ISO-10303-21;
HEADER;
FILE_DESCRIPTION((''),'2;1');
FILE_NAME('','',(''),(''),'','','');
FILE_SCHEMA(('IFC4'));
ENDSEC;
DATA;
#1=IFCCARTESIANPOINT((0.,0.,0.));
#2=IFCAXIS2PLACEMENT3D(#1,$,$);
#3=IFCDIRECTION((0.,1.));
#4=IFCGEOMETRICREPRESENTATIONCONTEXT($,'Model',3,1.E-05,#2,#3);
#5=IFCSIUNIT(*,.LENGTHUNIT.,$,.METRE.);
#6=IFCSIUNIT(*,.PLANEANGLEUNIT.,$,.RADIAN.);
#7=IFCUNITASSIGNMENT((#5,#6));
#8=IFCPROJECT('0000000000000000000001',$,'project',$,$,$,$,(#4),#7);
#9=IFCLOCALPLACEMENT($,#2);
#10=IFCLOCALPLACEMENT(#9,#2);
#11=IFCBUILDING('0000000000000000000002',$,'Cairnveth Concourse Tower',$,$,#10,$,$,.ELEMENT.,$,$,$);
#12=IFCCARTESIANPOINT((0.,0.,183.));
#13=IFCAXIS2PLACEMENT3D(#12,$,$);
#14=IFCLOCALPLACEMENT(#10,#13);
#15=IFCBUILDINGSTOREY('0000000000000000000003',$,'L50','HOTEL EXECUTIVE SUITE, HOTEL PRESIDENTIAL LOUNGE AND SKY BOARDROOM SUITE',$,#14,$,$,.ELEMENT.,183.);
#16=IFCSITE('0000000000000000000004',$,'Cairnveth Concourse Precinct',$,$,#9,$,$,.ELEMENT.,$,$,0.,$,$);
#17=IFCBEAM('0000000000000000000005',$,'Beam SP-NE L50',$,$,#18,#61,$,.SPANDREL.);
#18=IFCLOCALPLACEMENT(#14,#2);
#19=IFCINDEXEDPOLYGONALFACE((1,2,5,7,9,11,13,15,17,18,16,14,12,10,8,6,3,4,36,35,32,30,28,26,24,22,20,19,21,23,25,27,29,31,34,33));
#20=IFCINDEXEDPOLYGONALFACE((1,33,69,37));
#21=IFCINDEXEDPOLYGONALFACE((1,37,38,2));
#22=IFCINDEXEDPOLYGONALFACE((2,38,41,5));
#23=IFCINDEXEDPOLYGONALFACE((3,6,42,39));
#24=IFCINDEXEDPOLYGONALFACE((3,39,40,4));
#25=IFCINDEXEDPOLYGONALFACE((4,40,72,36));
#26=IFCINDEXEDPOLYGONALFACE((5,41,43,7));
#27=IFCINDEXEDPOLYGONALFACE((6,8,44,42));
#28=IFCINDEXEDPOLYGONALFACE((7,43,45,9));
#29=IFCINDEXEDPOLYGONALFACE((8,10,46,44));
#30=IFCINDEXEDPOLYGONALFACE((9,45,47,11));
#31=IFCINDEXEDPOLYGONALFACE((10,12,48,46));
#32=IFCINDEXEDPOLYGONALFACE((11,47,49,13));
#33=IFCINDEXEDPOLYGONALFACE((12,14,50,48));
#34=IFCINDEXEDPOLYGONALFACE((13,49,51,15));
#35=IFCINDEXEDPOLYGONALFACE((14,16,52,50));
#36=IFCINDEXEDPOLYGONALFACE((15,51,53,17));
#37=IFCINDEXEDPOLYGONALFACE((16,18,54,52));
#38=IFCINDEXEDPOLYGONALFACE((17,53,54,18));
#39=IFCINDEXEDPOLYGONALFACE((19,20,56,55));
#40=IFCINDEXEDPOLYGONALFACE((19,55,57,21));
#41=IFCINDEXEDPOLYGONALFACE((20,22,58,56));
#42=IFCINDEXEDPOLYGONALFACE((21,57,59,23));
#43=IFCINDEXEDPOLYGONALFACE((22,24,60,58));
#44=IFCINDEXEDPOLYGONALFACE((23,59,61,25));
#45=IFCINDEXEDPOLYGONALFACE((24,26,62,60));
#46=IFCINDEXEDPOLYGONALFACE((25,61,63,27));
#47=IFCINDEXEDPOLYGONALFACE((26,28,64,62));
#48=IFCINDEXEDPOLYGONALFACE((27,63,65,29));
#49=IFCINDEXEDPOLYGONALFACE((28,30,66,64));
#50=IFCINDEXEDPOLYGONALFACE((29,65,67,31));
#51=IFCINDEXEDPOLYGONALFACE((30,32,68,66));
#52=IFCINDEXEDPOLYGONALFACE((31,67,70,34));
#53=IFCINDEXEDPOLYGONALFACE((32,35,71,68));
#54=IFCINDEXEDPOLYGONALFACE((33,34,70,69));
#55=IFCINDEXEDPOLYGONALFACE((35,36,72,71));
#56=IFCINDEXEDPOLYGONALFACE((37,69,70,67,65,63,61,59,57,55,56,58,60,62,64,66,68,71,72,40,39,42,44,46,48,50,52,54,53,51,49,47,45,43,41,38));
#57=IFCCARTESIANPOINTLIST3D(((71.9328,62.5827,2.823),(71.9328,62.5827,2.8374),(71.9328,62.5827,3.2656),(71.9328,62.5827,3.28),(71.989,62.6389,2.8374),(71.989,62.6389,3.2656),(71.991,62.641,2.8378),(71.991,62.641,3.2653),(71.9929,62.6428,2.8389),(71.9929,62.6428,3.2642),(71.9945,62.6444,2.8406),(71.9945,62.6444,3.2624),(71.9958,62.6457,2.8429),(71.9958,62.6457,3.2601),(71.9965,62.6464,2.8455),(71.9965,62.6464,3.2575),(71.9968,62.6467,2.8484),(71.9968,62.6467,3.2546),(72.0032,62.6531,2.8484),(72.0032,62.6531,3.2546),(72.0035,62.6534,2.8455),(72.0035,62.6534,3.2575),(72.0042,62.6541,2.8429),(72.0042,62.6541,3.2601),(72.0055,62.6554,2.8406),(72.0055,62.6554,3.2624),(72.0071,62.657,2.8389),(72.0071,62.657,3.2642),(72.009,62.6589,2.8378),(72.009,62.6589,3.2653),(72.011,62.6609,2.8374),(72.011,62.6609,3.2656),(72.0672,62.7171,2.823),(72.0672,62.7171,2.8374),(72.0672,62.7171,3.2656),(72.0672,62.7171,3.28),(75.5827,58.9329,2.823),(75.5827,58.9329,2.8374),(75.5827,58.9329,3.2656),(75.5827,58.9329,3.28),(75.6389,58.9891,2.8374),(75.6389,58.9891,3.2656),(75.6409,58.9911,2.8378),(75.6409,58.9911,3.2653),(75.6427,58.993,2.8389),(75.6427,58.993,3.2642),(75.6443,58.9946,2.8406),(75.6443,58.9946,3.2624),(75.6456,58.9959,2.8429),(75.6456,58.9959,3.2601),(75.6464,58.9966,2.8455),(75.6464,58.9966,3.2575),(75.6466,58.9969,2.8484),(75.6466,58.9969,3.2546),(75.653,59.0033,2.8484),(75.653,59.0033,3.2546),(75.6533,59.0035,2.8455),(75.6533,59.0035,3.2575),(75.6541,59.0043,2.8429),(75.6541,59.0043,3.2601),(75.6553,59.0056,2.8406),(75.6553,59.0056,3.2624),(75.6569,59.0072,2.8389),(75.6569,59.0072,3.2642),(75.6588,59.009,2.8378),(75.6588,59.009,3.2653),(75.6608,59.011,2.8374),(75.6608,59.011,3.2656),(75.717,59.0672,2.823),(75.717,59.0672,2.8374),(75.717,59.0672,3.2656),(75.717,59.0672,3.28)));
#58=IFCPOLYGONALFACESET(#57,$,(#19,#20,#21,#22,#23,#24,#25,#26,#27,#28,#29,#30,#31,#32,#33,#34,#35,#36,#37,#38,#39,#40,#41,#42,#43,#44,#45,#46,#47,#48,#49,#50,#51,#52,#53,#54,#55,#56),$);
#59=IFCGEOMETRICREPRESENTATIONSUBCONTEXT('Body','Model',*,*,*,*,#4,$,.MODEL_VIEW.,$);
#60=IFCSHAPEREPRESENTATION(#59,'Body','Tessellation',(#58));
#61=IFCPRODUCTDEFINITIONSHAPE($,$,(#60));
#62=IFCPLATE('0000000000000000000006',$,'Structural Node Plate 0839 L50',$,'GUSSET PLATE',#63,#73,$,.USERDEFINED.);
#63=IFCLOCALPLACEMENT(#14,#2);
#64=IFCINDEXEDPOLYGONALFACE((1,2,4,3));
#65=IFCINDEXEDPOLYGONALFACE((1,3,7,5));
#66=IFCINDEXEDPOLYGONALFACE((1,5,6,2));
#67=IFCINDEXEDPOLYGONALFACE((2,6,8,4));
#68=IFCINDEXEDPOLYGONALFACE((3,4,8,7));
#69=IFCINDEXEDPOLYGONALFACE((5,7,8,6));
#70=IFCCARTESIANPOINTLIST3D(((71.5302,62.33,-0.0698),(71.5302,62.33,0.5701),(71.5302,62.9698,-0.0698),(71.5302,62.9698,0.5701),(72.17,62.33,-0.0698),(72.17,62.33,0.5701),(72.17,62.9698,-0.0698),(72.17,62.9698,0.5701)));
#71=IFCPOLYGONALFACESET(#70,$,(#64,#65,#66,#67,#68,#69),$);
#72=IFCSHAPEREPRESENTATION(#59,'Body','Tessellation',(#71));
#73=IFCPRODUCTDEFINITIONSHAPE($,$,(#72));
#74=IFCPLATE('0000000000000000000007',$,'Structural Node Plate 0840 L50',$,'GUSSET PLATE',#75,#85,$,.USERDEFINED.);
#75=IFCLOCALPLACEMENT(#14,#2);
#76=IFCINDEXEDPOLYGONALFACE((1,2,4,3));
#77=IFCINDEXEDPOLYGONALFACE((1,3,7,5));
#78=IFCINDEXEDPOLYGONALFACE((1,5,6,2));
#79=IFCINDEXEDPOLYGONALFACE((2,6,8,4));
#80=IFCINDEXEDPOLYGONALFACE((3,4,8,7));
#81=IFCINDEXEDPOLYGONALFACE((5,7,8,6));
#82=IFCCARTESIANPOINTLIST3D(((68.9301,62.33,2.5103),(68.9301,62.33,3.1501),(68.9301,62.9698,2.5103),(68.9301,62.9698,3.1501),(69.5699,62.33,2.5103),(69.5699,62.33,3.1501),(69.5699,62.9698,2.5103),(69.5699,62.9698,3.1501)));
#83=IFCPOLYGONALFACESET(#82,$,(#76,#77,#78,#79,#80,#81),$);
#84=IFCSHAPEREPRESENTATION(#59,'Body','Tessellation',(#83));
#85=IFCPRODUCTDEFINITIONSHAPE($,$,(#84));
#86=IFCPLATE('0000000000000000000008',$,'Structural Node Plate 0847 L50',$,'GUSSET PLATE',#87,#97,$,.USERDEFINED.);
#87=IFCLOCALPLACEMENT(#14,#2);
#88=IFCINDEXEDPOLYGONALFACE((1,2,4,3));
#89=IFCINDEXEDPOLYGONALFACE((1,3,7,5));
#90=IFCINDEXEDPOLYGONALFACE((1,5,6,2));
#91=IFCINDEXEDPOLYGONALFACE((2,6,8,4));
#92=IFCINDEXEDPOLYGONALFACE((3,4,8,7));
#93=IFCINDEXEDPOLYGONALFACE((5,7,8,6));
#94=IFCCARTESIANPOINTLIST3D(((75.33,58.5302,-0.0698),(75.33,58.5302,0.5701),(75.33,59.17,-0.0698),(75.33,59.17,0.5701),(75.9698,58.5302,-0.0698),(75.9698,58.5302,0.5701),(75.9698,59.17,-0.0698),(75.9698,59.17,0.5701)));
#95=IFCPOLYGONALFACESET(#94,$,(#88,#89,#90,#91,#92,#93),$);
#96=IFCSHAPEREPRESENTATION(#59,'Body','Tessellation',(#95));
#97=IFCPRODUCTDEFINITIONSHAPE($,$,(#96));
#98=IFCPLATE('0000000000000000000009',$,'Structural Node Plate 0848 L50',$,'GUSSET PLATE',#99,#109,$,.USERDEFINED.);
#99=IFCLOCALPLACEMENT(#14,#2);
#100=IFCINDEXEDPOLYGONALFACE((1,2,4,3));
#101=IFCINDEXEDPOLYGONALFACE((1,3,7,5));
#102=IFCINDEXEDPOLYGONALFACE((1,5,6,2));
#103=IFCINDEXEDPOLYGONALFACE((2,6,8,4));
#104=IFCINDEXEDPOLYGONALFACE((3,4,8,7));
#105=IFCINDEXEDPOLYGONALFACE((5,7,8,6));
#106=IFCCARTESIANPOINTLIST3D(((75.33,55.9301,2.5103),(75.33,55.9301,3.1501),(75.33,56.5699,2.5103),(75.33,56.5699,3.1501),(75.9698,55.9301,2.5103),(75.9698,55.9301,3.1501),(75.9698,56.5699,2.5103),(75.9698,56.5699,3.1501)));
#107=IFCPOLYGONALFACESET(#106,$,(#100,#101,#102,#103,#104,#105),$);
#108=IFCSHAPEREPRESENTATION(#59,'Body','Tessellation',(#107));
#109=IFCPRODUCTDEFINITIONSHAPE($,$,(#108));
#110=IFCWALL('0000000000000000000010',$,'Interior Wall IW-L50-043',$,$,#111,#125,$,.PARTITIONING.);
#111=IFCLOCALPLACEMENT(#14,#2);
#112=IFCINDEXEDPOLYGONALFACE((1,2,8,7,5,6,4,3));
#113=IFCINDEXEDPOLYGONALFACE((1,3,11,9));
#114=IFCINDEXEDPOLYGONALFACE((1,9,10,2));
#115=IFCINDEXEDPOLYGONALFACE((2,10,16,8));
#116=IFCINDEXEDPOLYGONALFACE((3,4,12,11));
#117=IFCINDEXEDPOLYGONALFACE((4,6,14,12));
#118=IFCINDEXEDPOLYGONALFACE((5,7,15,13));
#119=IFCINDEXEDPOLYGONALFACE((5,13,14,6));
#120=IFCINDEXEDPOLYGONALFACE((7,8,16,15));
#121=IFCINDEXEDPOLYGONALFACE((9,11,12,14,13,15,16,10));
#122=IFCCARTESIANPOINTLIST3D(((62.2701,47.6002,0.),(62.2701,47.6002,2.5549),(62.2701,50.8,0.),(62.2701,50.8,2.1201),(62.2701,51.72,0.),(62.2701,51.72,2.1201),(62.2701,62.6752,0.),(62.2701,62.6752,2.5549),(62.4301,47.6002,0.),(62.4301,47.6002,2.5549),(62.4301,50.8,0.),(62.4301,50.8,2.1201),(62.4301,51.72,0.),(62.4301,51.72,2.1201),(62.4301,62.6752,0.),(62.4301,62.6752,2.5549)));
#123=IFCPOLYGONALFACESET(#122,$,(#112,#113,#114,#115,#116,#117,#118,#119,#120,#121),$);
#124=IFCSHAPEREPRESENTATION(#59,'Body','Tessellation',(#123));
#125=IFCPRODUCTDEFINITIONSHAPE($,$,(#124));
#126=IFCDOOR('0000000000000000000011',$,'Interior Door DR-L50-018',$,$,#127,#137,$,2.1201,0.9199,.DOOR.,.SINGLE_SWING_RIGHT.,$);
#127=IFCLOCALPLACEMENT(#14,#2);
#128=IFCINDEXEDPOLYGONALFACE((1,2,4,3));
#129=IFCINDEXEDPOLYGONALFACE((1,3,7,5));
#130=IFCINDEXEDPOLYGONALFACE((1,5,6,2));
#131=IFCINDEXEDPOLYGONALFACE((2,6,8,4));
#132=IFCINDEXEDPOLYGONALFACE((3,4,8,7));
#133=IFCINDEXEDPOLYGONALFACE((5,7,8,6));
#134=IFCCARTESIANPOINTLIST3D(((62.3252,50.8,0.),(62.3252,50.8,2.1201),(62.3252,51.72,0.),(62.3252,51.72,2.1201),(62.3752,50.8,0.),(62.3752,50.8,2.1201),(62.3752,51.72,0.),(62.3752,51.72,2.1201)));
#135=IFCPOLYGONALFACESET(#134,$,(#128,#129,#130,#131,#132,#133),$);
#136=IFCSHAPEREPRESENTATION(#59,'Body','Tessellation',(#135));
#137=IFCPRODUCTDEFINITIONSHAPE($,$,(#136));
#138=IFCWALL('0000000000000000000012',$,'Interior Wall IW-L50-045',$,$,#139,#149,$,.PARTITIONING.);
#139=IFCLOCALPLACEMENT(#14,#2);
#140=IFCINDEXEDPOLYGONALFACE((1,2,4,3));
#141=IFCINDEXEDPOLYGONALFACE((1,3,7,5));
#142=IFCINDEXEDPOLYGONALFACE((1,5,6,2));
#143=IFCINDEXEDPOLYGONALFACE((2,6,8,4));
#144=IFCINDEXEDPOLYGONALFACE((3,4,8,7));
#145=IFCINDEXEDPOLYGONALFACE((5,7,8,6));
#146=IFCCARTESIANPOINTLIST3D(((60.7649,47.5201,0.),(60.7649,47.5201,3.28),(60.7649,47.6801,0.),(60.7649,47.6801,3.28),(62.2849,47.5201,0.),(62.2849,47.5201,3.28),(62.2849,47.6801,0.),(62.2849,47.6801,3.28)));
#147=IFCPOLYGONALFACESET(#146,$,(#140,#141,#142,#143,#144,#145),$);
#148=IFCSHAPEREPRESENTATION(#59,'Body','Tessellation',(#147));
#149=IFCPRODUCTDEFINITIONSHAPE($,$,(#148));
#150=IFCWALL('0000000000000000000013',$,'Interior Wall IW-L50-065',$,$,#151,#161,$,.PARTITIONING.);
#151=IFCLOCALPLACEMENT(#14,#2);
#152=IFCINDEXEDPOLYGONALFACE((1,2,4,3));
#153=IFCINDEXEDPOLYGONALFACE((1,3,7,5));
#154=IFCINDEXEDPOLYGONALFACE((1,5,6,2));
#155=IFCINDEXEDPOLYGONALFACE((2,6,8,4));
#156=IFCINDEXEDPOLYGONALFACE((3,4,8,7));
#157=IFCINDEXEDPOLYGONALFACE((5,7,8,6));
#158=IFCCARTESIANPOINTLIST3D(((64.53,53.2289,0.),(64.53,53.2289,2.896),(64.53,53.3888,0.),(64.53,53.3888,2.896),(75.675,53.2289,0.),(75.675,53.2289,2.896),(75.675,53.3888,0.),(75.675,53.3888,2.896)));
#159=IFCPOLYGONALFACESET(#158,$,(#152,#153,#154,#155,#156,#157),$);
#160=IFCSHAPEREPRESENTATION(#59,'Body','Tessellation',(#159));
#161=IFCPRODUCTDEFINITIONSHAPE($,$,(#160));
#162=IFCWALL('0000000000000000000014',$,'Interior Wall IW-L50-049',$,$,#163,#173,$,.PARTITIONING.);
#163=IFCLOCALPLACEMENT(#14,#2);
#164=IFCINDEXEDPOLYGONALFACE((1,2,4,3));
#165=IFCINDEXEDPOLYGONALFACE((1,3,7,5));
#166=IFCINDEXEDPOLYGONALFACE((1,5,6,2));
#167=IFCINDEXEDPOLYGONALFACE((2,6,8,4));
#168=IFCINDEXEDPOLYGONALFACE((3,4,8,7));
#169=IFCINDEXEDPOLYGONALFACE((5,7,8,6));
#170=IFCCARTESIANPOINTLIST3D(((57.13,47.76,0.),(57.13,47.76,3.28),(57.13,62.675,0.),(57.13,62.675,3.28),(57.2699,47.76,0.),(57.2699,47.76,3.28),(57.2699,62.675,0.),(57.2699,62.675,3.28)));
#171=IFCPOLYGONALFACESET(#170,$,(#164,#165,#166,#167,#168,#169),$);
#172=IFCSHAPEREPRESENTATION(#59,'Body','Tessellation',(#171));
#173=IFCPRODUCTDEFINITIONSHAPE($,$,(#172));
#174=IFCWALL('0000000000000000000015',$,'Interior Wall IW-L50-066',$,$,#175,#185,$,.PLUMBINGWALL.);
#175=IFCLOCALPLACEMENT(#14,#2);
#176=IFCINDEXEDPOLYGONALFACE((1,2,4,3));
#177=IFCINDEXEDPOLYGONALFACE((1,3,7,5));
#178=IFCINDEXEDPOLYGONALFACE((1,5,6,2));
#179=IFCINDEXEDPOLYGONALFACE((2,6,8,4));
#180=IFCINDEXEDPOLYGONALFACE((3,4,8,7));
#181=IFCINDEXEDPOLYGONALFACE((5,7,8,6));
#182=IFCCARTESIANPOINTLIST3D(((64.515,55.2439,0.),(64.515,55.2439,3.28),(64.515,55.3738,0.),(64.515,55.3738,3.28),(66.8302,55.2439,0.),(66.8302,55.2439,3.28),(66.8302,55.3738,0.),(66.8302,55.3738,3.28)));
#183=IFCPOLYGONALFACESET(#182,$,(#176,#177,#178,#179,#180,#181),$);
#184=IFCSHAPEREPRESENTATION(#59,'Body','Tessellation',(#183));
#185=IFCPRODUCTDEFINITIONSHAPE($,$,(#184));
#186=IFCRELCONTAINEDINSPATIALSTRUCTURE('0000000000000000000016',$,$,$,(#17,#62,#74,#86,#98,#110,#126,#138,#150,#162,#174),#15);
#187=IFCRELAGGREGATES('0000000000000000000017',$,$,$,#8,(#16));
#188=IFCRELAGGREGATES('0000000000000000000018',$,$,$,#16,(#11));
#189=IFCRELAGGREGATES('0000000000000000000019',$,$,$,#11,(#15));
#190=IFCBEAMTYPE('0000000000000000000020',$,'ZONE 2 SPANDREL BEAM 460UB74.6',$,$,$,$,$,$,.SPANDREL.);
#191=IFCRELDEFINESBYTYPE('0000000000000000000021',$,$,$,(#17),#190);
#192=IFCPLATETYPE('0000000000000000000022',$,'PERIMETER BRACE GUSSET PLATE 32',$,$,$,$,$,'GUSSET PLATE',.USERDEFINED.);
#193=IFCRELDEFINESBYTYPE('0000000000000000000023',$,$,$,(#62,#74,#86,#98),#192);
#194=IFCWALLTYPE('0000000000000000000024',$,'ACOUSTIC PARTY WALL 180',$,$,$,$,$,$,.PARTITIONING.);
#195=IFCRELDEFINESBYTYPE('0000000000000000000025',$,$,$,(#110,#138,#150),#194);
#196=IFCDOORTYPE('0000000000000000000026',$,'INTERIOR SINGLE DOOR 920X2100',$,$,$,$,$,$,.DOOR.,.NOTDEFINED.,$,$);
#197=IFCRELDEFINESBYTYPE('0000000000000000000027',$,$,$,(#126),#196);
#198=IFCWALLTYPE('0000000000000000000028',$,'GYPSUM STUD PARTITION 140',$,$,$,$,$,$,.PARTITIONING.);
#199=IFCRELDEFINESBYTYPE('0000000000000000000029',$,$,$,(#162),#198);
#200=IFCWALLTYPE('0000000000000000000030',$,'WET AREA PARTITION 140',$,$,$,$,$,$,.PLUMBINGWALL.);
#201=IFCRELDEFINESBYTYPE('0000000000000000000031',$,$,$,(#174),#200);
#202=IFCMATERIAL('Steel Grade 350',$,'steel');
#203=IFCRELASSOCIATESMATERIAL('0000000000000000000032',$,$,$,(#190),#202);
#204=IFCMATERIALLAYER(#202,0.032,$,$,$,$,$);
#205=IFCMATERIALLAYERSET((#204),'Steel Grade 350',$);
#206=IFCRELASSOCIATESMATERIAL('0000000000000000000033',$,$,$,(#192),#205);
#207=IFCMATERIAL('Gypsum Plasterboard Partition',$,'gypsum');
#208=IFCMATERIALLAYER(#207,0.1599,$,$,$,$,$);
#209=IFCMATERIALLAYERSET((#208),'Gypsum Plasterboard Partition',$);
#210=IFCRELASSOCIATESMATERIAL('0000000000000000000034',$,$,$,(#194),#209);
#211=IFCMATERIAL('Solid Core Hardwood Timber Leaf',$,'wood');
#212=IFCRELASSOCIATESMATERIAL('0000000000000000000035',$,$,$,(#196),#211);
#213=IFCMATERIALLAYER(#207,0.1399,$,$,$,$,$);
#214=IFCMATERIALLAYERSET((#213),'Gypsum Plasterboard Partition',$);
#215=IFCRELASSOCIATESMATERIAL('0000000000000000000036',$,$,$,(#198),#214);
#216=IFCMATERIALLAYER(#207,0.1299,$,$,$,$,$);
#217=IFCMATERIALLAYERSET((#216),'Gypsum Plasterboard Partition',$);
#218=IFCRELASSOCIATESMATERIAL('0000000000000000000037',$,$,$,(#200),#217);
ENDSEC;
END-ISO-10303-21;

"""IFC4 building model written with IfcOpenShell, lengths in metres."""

from ifc_helpers import new_model, si_unit, direction, frame, frame_2d, origin, origin_2d, place, context, subcontext, project, spatial, rectangle, i_section, extrude, material, layer, layer_set, material_profile, profile_set, type_object, element, fill, save


model = new_model("IFC4")

# Units and contexts
model_context = context("Model", 3, precision=1e-05, world=origin(), true_north=direction((0.0, 1.0)))
body_context = subcontext(model_context, "Body", "Model", "MODEL_VIEW")
ifc_project = project(units=[si_unit("LENGTHUNIT", "METRE"), si_unit("PLANEANGLEUNIT", "RADIAN")], contexts=[model_context])

# Site, building, storey
site_placement = place(None, origin())
site = spatial("IfcSite", under=ifc_project, at=site_placement, Name="Cairnveth Concourse Precinct", CompositionType="ELEMENT", RefElevation=0.0)
building_placement = place(site_placement, origin())
building = spatial("IfcBuilding", under=site, at=building_placement, Name="Cairnveth Concourse Tower", CompositionType="ELEMENT")
storey_placement = place(building_placement, frame((0.0, 0.0, 183.0)))
storey = spatial("IfcBuildingStorey", under=building, at=storey_placement, Name="L50", Description="HOTEL EXECUTIVE SUITE, HOTEL PRESIDENTIAL LOUNGE AND SKY BOARDROOM SUITE", CompositionType="ELEMENT", Elevation=183.0)

# Shared definitions
ifc_material_1 = material(Name="Steel Grade 350", Category="steel")

# Beam
ifc_material_profile_1 = material_profile(ifc_material_1, i_section(OverallWidth=0.1899, OverallDepth=0.457, WebThickness=0.009, FlangeThickness=0.0144, FilletRadius=0.011, at=origin_2d()), Name="460UB74.6")
ifc_profile_set_1 = profile_set([ifc_material_profile_1], Name="Steel Grade 350")
beam_type_1 = type_object("IfcBeamType", Name="ZONE 2 SPANDREL BEAM 460UB74.6", PredefinedType="SPANDREL", material=ifc_profile_set_1)
beam_1_placement = place(storey_placement, frame((72.0, 62.6499, 3.0515), z_axis=(0.707107, -0.707107, 0.0), x_axis=(0.707107, 0.707107, 0.0)))
element("IfcBeam", 1, at=beam_1_placement, inside=storey, type_object=beam_type_1, Name="Beam SP-NE L50", PredefinedType="SPANDREL", context=body_context, shape_type="SweptSolid", body=[
    extrude(i_section(OverallWidth=0.1899, OverallDepth=0.457, WebThickness=0.009, FlangeThickness=0.0144, FilletRadius=0.011, at=origin_2d()), origin(), (0.0, 0.0, 1.0), 5.1616),
])

# Plates
ifc_layer_1 = layer(ifc_material_1, 0.032)
ifc_layer_set_1 = layer_set([ifc_layer_1], Name="Steel Grade 350")
plate_type = type_object("IfcPlateType", Name="PERIMETER BRACE GUSSET PLATE 32", ElementType="GUSSET PLATE", PredefinedType="USERDEFINED", material=ifc_layer_set_1)
for number, where, z_axis, x_axis, name in (
    (2, (71.8501, 62.6499, -0.0698), (0.0, 0.0, 1.0), (1.0, 0.0, 0.0), "Structural Node Plate 0839 L50"),
    (3, (69.25, 62.6499, 2.5103), (0.0, 0.0, 1.0), (1.0, 0.0, 0.0), "Structural Node Plate 0840 L50"),
    (4, (75.6499, 58.8501, -0.0698), (0.0, 0.0, 1.0), (1.0, 0.0, 0.0), "Structural Node Plate 0847 L50"),
    (5, (75.6499, 56.25, 2.5103), (0.0, 0.0, 1.0), (1.0, 0.0, 0.0), "Structural Node Plate 0848 L50"),
):
    element("IfcPlate", number, at=place(storey_placement, frame(where, z_axis=z_axis, x_axis=x_axis)), inside=storey, type_object=plate_type, Name=name, ObjectType="GUSSET PLATE", PredefinedType="USERDEFINED", context=body_context, shape_type="SweptSolid", body=[
        extrude(rectangle(XDim=0.6399, YDim=0.6399, at=origin_2d()), origin(), (0.0, 0.0, 1.0), 0.6399),
    ])

# Wall, opening, door
ifc_material_2 = material(Name="Gypsum Plasterboard Partition", Category="gypsum")
ifc_layer_2 = layer(ifc_material_2, 0.1599)
ifc_layer_set_2 = layer_set([ifc_layer_2], Name="Gypsum Plasterboard Partition")
wall_type_1 = type_object("IfcWallType", Name="ACOUSTIC PARTY WALL 180", PredefinedType="PARTITIONING", material=ifc_layer_set_2)
wall_1_placement = place(storey_placement, frame((62.3501, 47.6001, 0.0), z_axis=(0.0, 0.0, 1.0), x_axis=(0.0, 1.0, 0.0)))
wall_1 = element("IfcWall", 6, at=wall_1_placement, inside=storey, type_object=wall_type_1, Name="Interior Wall IW-L50-043", PredefinedType="PARTITIONING", context=body_context, shape_type="SweptSolid", body=[
    extrude(rectangle(XDim=15.075, YDim=0.1599, at=frame_2d((7.5376, 0.0))), origin(), (0.0, 0.0, 1.0), 2.5549),
])
opening_1_placement = place(wall_1_placement, frame((3.2, 0.0, 0.0)))
opening_1 = element("IfcOpeningElement", 7, at=opening_1_placement, cuts=wall_1, PredefinedType="OPENING", context=body_context, shape_type="SweptSolid", body=[
    extrude(rectangle(XDim=0.9199, YDim=2.1201, at=frame_2d((0.46, 1.0601))), frame((0.0, 0.0898, 0.0), z_axis=(0.0, -1.0, 0.0), x_axis=(1.0, 0.0, 0.0)), (0.0, 0.0, 1.0), 0.1799),
])
ifc_material_3 = material(Name="Solid Core Hardwood Timber Leaf", Category="wood")
door_type_1 = type_object("IfcDoorType", Name="INTERIOR SINGLE DOOR 920X2100", OperationType="NOTDEFINED", PredefinedType="DOOR", material=ifc_material_3)
door_1_placement = place(opening_1_placement, origin())
door_1 = element("IfcDoor", 8, at=door_1_placement, inside=storey, type_object=door_type_1, Name="Interior Door DR-L50-018", OperationType="SINGLE_SWING_RIGHT", OverallHeight=2.1201, OverallWidth=0.9199, PredefinedType="DOOR", context=body_context, shape_type="SweptSolid", body=[
    extrude(rectangle(XDim=0.9199, YDim=2.1201, at=frame_2d((0.46, 1.0601))), frame((0.0, 0.0249, 0.0), z_axis=(0.0, -1.0, 0.0), x_axis=(1.0, 0.0, 0.0)), (0.0, 0.0, 1.0), 0.05),
])
fill(opening_1, door_1)

# Walls
wall_2_placement = place(storey_placement, frame((60.7649, 47.6001, 0.0), z_axis=(0.0, 0.0, 1.0), x_axis=(1.0, 0.0, 0.0)))
element("IfcWall", 9, at=wall_2_placement, inside=storey, type_object=wall_type_1, Name="Interior Wall IW-L50-045", PredefinedType="PARTITIONING", context=body_context, shape_type="SweptSolid", body=[
    extrude(rectangle(XDim=1.52, YDim=0.1599, at=frame_2d((0.76, 0.0))), origin(), (0.0, 0.0, 1.0), 3.28),
])
wall_3_placement = place(storey_placement, frame((64.53, 53.3088, 0.0), z_axis=(0.0, 0.0, 1.0), x_axis=(1.0, 0.0, 0.0)))
element("IfcWall", 10, at=wall_3_placement, inside=storey, type_object=wall_type_1, Name="Interior Wall IW-L50-065", PredefinedType="PARTITIONING", context=body_context, shape_type="SweptSolid", body=[
    extrude(rectangle(XDim=11.145, YDim=0.1599, at=frame_2d((5.5725, 0.0))), origin(), (0.0, 0.0, 1.0), 2.896),
])
ifc_layer_3 = layer(ifc_material_2, 0.1399)
ifc_layer_set_3 = layer_set([ifc_layer_3], Name="Gypsum Plasterboard Partition")
wall_type_2 = type_object("IfcWallType", Name="GYPSUM STUD PARTITION 140", PredefinedType="PARTITIONING", material=ifc_layer_set_3)
wall_4_placement = place(storey_placement, frame((57.2, 47.76, 0.0), z_axis=(0.0, 0.0, 1.0), x_axis=(0.0, 1.0, 0.0)))
element("IfcWall", 11, at=wall_4_placement, inside=storey, type_object=wall_type_2, Name="Interior Wall IW-L50-049", PredefinedType="PARTITIONING", context=body_context, shape_type="SweptSolid", body=[
    extrude(rectangle(XDim=14.915, YDim=0.1399, at=frame_2d((7.4575, 0.0))), origin(), (0.0, 0.0, 1.0), 3.28),
])
ifc_layer_4 = layer(ifc_material_2, 0.1299)
ifc_layer_set_4 = layer_set([ifc_layer_4], Name="Gypsum Plasterboard Partition")
wall_type_3 = type_object("IfcWallType", Name="WET AREA PARTITION 140", PredefinedType="PLUMBINGWALL", material=ifc_layer_set_4)
wall_5_placement = place(storey_placement, frame((64.5149, 55.3088, 0.0), z_axis=(0.0, 0.0, 1.0), x_axis=(1.0, 0.0, 0.0)))
element("IfcWall", 12, at=wall_5_placement, inside=storey, type_object=wall_type_3, Name="Interior Wall IW-L50-066", PredefinedType="PLUMBINGWALL", context=body_context, shape_type="SweptSolid", body=[
    extrude(rectangle(XDim=2.3152, YDim=0.1299, at=frame_2d((1.1577, 0.0))), origin(), (0.0, 0.0, 1.0), 3.28),
])

save(model, "model.ifc")
